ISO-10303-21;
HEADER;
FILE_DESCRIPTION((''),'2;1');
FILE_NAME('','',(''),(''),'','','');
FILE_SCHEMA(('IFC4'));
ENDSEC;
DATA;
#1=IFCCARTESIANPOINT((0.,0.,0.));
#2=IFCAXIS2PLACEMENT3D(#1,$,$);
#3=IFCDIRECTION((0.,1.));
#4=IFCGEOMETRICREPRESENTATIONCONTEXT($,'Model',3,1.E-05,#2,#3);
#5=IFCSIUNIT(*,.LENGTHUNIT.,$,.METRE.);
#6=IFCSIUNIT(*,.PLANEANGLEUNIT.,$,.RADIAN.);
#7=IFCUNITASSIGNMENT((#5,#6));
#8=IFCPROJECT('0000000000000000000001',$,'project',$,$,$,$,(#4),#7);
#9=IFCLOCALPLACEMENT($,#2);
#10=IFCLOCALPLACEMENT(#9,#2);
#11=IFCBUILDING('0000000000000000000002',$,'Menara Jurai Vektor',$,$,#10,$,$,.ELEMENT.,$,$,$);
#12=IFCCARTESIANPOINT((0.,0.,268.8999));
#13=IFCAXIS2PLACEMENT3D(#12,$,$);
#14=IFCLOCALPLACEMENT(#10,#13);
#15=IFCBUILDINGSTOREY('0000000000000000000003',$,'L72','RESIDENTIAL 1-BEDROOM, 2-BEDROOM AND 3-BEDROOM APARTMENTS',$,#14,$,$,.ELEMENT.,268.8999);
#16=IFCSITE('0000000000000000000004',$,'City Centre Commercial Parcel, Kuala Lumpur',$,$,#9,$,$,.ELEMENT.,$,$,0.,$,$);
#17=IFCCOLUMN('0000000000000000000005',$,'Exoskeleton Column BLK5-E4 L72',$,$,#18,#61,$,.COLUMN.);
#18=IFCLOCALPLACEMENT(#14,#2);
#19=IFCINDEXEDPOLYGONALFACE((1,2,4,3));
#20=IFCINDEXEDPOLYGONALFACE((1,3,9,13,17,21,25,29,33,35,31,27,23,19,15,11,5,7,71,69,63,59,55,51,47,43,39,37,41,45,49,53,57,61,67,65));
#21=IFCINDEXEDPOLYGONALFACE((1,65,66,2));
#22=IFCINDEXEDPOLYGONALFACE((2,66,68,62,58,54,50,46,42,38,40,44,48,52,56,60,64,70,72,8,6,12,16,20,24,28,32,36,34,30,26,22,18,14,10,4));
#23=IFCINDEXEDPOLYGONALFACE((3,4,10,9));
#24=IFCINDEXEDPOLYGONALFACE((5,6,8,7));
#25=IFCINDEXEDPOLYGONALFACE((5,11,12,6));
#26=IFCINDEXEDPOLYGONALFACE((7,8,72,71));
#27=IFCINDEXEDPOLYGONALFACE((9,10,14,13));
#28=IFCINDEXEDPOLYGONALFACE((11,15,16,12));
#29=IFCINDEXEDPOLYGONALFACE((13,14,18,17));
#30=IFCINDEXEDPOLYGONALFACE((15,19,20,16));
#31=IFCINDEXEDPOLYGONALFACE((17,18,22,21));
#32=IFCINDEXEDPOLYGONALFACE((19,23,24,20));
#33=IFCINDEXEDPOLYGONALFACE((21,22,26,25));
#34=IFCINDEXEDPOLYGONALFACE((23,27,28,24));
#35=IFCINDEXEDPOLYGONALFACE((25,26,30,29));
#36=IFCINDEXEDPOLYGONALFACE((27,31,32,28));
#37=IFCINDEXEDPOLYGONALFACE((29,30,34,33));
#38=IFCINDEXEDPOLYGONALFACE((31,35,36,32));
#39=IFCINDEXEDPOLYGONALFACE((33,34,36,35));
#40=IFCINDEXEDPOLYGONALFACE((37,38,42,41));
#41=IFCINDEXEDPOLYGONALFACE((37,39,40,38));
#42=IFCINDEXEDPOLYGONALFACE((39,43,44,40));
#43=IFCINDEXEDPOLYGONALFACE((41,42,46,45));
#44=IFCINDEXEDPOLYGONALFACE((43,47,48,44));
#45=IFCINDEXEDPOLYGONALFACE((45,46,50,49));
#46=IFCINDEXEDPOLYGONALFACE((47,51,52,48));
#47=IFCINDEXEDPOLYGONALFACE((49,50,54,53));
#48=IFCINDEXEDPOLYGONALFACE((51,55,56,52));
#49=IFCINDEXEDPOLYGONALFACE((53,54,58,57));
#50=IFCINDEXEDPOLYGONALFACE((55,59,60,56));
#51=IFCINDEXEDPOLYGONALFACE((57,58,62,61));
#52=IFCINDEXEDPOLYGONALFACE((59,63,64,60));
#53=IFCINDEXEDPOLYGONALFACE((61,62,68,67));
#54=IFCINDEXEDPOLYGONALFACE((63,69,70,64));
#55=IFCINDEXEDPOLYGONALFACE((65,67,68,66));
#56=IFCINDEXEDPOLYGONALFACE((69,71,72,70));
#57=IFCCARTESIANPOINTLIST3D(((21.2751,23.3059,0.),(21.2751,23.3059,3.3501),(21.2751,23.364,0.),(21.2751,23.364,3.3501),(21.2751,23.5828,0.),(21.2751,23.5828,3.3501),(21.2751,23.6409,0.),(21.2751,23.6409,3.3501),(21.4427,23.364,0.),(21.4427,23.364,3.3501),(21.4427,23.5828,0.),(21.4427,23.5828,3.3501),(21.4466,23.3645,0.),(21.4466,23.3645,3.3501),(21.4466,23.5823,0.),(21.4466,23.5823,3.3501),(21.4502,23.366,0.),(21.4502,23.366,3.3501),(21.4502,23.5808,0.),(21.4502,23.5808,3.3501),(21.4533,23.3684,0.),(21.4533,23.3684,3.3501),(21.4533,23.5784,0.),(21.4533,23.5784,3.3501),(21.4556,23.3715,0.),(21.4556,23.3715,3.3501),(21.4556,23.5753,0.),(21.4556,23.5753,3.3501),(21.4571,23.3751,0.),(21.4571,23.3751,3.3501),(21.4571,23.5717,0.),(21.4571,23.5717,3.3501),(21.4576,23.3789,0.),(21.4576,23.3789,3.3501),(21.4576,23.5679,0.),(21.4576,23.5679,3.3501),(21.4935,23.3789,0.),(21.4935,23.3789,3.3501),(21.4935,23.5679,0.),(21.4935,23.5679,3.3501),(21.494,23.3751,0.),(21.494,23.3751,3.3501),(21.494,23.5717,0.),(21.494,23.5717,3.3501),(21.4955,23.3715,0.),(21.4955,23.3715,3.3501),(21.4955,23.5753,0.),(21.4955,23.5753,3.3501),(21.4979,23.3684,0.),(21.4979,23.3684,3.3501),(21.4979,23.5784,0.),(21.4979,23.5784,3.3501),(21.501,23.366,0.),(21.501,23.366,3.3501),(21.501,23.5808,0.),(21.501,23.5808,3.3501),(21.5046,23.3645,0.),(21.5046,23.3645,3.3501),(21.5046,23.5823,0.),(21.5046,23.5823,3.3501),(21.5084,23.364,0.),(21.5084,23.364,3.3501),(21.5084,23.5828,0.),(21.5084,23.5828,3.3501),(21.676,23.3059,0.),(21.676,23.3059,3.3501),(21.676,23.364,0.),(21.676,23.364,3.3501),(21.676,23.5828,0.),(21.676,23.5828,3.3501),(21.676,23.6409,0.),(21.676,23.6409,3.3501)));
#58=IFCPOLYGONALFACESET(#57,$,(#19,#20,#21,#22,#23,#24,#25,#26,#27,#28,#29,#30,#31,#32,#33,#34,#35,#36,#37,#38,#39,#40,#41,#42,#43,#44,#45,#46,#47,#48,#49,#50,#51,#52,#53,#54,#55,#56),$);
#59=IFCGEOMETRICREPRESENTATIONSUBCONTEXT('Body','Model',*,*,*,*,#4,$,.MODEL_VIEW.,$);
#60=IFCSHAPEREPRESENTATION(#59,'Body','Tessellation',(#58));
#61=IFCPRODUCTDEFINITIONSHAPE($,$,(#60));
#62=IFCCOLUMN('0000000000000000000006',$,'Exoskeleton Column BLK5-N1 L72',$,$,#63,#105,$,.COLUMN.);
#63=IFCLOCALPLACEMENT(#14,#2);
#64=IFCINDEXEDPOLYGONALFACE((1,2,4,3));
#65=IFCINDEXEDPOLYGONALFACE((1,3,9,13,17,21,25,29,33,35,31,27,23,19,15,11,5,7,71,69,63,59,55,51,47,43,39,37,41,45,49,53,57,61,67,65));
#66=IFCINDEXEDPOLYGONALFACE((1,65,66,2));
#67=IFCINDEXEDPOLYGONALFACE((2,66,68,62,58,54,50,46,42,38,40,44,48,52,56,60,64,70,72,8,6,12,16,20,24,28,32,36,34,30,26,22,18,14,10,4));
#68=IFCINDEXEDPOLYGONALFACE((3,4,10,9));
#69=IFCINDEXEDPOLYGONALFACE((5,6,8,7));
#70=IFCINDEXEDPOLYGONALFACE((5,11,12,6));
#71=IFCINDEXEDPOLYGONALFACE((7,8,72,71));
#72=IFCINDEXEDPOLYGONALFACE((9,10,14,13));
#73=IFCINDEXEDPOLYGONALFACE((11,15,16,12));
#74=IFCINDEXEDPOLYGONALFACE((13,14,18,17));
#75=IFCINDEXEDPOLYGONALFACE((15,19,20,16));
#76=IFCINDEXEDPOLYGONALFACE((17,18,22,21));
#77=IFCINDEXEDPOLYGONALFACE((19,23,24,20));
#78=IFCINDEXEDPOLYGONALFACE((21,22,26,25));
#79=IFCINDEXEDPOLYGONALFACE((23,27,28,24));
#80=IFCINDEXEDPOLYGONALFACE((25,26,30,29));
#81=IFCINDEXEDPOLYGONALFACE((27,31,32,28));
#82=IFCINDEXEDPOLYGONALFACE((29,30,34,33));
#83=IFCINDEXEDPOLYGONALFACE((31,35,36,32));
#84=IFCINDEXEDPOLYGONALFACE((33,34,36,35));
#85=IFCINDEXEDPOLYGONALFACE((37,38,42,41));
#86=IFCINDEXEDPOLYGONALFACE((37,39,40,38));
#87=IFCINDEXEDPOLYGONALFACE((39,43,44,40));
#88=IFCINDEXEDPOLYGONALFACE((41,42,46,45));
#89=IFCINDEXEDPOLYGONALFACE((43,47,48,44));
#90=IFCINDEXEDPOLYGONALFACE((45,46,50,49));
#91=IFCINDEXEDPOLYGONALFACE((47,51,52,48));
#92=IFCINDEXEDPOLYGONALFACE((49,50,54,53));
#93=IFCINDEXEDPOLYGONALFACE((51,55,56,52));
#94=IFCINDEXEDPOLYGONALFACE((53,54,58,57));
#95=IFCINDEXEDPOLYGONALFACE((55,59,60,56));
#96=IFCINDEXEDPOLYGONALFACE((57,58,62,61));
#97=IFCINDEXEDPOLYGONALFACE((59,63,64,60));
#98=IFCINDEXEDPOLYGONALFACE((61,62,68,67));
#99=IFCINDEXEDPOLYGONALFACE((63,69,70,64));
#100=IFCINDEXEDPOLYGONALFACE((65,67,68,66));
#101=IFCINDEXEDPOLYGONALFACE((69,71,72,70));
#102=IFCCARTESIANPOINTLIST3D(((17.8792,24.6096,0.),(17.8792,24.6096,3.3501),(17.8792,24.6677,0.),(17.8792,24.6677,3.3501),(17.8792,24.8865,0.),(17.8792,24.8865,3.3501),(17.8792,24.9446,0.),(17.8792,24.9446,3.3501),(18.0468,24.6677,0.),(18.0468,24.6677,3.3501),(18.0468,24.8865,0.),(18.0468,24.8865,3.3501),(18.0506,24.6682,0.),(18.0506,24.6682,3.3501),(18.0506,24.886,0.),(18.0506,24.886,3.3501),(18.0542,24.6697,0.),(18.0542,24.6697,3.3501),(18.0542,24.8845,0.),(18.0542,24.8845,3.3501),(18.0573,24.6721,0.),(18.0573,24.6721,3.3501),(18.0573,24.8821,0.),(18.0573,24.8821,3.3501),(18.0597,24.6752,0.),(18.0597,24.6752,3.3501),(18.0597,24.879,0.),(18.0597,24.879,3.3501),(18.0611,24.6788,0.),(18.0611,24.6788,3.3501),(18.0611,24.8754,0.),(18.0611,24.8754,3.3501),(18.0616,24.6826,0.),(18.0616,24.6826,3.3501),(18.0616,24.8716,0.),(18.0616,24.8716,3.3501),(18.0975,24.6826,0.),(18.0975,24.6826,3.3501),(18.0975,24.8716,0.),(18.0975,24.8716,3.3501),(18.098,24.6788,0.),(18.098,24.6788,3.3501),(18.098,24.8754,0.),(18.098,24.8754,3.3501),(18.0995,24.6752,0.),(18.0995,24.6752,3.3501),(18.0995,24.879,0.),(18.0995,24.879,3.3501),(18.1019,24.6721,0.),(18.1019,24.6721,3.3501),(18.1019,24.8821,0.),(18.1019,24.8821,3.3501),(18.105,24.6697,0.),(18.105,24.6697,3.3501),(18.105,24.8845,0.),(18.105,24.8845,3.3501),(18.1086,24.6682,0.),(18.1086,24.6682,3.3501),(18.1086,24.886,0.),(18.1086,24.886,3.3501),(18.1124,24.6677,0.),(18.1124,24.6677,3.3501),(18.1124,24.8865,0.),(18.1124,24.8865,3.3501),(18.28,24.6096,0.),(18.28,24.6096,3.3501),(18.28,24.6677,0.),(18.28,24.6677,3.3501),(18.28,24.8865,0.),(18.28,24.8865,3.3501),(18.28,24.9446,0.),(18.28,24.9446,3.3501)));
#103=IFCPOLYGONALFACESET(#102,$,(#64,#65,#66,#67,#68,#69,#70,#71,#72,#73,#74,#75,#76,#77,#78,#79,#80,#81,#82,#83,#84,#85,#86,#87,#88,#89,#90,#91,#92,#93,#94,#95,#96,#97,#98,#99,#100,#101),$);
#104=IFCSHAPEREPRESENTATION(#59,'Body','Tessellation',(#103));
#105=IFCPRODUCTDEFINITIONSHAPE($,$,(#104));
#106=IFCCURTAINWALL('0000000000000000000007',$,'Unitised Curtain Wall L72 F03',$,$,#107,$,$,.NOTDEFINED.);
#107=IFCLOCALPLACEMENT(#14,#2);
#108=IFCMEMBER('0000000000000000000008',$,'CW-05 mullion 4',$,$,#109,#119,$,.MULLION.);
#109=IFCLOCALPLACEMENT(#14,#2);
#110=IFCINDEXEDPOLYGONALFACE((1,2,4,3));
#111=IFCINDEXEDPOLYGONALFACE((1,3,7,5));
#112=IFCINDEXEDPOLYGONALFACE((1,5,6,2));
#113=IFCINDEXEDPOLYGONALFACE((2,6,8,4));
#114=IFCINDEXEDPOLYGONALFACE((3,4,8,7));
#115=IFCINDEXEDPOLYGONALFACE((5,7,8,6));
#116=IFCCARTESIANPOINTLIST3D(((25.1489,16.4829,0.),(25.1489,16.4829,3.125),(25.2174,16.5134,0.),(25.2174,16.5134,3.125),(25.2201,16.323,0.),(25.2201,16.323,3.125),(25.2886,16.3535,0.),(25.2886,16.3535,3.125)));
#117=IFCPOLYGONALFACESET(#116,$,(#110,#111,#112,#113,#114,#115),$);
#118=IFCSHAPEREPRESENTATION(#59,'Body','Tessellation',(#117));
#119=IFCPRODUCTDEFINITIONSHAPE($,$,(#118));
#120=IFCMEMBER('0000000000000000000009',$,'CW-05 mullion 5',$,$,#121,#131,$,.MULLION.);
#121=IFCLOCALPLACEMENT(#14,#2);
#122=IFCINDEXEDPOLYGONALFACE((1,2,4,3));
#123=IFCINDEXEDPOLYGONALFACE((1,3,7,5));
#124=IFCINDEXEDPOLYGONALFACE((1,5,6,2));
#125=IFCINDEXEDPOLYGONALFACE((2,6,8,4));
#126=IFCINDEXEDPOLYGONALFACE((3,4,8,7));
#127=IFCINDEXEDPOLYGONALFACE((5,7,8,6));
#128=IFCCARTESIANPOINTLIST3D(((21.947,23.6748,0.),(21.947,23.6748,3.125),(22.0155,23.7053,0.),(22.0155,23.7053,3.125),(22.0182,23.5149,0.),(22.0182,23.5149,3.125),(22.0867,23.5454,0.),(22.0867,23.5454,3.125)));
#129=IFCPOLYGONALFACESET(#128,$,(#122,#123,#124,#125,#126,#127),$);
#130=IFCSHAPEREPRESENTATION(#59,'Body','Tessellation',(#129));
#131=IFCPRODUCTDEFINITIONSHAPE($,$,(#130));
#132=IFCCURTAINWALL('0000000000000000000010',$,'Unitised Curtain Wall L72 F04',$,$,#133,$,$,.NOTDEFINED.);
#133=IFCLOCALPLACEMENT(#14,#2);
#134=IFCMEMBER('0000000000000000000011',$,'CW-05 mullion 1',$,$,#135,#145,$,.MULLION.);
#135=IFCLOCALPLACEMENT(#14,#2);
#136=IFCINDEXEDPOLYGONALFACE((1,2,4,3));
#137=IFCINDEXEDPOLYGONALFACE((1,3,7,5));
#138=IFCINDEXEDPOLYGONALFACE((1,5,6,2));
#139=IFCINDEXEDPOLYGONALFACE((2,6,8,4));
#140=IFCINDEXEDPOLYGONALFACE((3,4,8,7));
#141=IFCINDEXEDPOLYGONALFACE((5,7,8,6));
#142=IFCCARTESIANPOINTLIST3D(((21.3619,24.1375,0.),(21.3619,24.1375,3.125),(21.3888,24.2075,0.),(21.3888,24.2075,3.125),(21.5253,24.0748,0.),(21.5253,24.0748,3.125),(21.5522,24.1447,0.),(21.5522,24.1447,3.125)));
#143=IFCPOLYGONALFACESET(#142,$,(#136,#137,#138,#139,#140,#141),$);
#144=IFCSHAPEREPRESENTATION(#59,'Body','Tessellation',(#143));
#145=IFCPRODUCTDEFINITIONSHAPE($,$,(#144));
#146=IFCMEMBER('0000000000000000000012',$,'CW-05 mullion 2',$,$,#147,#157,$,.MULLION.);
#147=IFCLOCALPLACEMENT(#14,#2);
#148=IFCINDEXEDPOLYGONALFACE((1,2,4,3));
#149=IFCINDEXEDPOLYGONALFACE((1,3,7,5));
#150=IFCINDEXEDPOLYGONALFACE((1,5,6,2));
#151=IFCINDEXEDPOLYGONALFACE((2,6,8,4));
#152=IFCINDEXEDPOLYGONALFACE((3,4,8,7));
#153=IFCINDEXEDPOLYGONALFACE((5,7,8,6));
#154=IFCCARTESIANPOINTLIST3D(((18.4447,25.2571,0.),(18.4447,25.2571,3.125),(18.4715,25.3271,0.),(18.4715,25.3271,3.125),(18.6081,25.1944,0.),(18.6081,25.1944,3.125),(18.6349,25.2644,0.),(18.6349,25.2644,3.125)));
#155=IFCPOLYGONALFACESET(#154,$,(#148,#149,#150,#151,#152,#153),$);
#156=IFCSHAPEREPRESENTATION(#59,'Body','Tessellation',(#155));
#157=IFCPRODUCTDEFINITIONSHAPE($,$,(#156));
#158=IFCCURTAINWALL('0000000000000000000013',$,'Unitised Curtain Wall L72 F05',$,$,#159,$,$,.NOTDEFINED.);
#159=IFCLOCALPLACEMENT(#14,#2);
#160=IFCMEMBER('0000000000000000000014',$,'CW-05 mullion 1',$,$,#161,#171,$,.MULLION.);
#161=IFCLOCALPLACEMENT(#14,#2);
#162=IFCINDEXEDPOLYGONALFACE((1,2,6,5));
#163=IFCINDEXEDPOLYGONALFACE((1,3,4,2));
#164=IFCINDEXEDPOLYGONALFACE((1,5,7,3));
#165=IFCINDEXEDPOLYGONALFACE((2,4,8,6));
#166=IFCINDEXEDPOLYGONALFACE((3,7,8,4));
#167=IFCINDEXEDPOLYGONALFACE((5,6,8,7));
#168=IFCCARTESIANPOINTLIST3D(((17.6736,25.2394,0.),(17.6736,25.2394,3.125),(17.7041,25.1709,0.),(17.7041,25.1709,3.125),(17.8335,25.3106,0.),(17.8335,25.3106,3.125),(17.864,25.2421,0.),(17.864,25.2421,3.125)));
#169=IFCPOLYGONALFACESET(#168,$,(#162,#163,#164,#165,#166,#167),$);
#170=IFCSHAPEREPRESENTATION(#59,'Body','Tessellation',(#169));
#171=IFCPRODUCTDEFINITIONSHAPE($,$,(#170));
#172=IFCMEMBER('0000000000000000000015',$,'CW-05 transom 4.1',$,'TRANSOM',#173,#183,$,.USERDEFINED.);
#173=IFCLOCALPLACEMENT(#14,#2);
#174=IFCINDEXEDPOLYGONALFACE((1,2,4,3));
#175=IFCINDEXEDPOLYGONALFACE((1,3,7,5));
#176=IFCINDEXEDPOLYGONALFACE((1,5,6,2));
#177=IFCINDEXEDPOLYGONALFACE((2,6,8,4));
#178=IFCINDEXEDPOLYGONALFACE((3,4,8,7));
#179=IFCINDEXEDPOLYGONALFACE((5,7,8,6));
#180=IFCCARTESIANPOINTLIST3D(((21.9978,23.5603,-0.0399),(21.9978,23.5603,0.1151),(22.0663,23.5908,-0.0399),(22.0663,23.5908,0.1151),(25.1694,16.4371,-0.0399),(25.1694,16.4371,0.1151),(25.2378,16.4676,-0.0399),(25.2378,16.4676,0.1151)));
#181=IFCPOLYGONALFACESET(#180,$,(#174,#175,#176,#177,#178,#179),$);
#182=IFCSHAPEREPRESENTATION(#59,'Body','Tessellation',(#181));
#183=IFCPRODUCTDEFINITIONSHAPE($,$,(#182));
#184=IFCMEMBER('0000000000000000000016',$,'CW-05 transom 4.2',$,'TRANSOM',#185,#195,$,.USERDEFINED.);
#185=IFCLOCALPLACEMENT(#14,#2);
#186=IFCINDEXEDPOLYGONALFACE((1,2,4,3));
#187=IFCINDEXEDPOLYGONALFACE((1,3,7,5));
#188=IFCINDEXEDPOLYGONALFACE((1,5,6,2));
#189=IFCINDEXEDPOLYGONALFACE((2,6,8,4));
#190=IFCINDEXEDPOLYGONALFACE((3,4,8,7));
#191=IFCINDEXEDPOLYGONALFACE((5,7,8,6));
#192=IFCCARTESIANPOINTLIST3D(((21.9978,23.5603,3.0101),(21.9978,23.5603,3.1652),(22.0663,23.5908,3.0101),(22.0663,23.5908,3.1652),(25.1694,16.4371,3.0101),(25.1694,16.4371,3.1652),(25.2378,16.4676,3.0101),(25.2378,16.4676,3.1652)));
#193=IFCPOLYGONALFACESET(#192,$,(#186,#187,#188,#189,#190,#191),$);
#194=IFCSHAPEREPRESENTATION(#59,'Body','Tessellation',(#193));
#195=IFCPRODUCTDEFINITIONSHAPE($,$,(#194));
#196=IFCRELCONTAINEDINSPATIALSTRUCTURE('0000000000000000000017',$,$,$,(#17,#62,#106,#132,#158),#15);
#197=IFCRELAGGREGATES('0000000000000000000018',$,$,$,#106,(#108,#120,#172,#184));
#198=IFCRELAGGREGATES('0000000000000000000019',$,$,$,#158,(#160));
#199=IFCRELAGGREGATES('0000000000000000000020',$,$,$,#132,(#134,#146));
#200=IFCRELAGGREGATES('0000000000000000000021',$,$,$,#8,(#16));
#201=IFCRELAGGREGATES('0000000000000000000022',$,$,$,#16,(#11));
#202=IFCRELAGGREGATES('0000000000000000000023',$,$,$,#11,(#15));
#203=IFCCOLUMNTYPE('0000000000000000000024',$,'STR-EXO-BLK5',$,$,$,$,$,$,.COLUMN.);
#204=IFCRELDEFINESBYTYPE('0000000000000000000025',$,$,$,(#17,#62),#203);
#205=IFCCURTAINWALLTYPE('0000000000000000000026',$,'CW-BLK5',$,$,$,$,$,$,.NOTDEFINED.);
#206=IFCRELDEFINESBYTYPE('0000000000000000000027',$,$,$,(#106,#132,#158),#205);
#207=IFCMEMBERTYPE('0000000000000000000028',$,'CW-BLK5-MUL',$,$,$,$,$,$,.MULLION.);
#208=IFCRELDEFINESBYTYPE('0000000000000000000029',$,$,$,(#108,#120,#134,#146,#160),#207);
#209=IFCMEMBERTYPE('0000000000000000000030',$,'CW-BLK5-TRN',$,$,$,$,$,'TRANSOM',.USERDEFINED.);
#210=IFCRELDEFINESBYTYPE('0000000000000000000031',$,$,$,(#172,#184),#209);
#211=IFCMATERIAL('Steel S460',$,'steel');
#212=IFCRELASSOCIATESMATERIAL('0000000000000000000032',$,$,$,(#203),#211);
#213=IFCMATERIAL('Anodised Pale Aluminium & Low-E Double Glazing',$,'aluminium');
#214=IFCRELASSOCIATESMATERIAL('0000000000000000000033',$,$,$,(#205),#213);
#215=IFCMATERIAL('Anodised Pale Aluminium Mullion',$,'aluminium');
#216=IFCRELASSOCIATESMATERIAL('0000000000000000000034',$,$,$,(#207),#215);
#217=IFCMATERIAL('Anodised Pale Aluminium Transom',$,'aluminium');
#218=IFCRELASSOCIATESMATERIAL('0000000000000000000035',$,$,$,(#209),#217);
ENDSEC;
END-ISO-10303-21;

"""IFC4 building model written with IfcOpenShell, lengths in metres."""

from ifc_helpers import new_model, si_unit, direction, frame, origin, origin_2d, place, context, subcontext, project, spatial, rectangle, i_section, extrude, material, material_profile, profile_set, type_object, element, aggregate, save


model = new_model("IFC4")

# Units and contexts
model_context = context("Model", 3, precision=1e-05, world=origin(), true_north=direction((0.0, 1.0)))
body_context = subcontext(model_context, "Body", "Model", "MODEL_VIEW")
ifc_project = project(units=[si_unit("LENGTHUNIT", "METRE"), si_unit("PLANEANGLEUNIT", "RADIAN")], contexts=[model_context])

# Site, building, storey
site_placement = place(None, origin())
site = spatial("IfcSite", under=ifc_project, at=site_placement, Name="City Centre Commercial Parcel, Kuala Lumpur", CompositionType="ELEMENT", RefElevation=0.0)
building_placement = place(site_placement, origin())
building = spatial("IfcBuilding", under=site, at=building_placement, Name="Menara Jurai Vektor", CompositionType="ELEMENT")
storey_placement = place(building_placement, frame((0.0, 0.0, 268.8999)))
storey = spatial("IfcBuildingStorey", under=building, at=storey_placement, Name="L72", Description="RESIDENTIAL 1-BEDROOM, 2-BEDROOM AND 3-BEDROOM APARTMENTS", CompositionType="ELEMENT", Elevation=268.8999)

# Columns
ifc_material_1 = material(Name="Steel S460", Category="steel")
ifc_material_profile_1 = material_profile(ifc_material_1, i_section(OverallWidth=0.4009, OverallDepth=0.335, WebThickness=0.0359, FlangeThickness=0.0581, FilletRadius=0.0149, at=origin_2d()), Name="HD 400x463")
ifc_profile_set_1 = profile_set([ifc_material_profile_1], Name="Steel S460")
column_type = type_object("IfcColumnType", Name="STR-EXO-BLK5", PredefinedType="COLUMN", material=ifc_profile_set_1)
for number, where, z_axis, x_axis, name in (
    (1, (21.4756, 23.4734, 0.0), (0.0, 0.0, 1.0), (1.0, 0.0, 0.0), "Exoskeleton Column BLK5-E4 L72"),
    (2, (18.0796, 24.7771, 0.0), (0.0, 0.0, 1.0), (1.0, 0.0, 0.0), "Exoskeleton Column BLK5-N1 L72"),
):
    element("IfcColumn", number, at=place(storey_placement, frame(where, z_axis=z_axis, x_axis=x_axis)), inside=storey, type_object=column_type, Name=name, PredefinedType="COLUMN", context=body_context, shape_type="SweptSolid", body=[
        extrude(i_section(OverallWidth=0.4009, OverallDepth=0.335, WebThickness=0.0359, FlangeThickness=0.0581, FilletRadius=0.0149, at=origin_2d()), origin(), (0.0, 0.0, 1.0), 3.3501),
    ])

# Curtain walls, members
ifc_material_2 = material(Name="Anodised Pale Aluminium & Low-E Double Glazing", Category="aluminium")
curtain_wall_type = type_object("IfcCurtainWallType", Name="CW-BLK5", PredefinedType="NOTDEFINED", material=ifc_material_2)
curtain_wall_1_placement = place(storey_placement, origin())
curtain_wall_1 = element("IfcCurtainWall", 3, at=curtain_wall_1_placement, inside=storey, type_object=curtain_wall_type, Name="Unitised Curtain Wall L72 F03", PredefinedType="NOTDEFINED")
ifc_material_3 = material(Name="Anodised Pale Aluminium Mullion", Category="aluminium")
ifc_material_profile_2 = material_profile(ifc_material_3, rectangle(XDim=0.075, YDim=0.175, at=origin_2d()), Name="ALU MUL 75x175")
ifc_profile_set_2 = profile_set([ifc_material_profile_2], Name="Anodised Pale Aluminium Mullion")
member_type_1 = type_object("IfcMemberType", Name="CW-BLK5-MUL", PredefinedType="MULLION", material=ifc_profile_set_2)
member_1_placement = place(storey_placement, frame((25.2188, 16.4182, 0.0), z_axis=(0.0, 0.0, 1.0), x_axis=(-0.913546, -0.406735, 0.0)))
member_1 = element("IfcMember", 4, at=member_1_placement, type_object=member_type_1, Name="CW-05 mullion 4", PredefinedType="MULLION", context=body_context, shape_type="SweptSolid", body=[
    extrude(rectangle(XDim=0.075, YDim=0.175, at=origin_2d()), origin(), (0.0, 0.0, 1.0), 3.125),
])
member_2_placement = place(storey_placement, frame((22.0168, 23.6101, 0.0), z_axis=(0.0, 0.0, 1.0), x_axis=(-0.913546, -0.406735, 0.0)))
member_2 = element("IfcMember", 5, at=member_2_placement, type_object=member_type_1, Name="CW-05 mullion 5", PredefinedType="MULLION", context=body_context, shape_type="SweptSolid", body=[
    extrude(rectangle(XDim=0.075, YDim=0.175, at=origin_2d()), origin(), (0.0, 0.0, 1.0), 3.125),
])
curtain_wall_2_placement = place(storey_placement, origin())
curtain_wall_2 = element("IfcCurtainWall", 6, at=curtain_wall_2_placement, inside=storey, type_object=curtain_wall_type, Name="Unitised Curtain Wall L72 F04", PredefinedType="NOTDEFINED")
member_3_placement = place(storey_placement, frame((21.457, 24.1411, 0.0), z_axis=(0.0, 0.0, 1.0), x_axis=(-0.358374, -0.933578, 0.0)))
member_3 = element("IfcMember", 7, at=member_3_placement, type_object=member_type_1, Name="CW-05 mullion 1", PredefinedType="MULLION", context=body_context, shape_type="SweptSolid", body=[
    extrude(rectangle(XDim=0.075, YDim=0.175, at=origin_2d()), origin(), (0.0, 0.0, 1.0), 3.125),
])
member_4_placement = place(storey_placement, frame((18.5398, 25.2607, 0.0), z_axis=(0.0, 0.0, 1.0), x_axis=(-0.358374, -0.933578, 0.0)))
member_4 = element("IfcMember", 8, at=member_4_placement, type_object=member_type_1, Name="CW-05 mullion 2", PredefinedType="MULLION", context=body_context, shape_type="SweptSolid", body=[
    extrude(rectangle(XDim=0.075, YDim=0.175, at=origin_2d()), origin(), (0.0, 0.0, 1.0), 3.125),
])

# Curtain wall, member
curtain_wall_3_placement = place(storey_placement, origin())
curtain_wall_3 = element("IfcCurtainWall", 9, at=curtain_wall_3_placement, inside=storey, type_object=curtain_wall_type, Name="Unitised Curtain Wall L72 F05", PredefinedType="NOTDEFINED")
member_5_placement = place(storey_placement, frame((17.7688, 25.2407, 0.0), z_axis=(0.0, 0.0, 1.0), x_axis=(0.406735, -0.913546, 0.0)))
member_5 = element("IfcMember", 10, at=member_5_placement, type_object=member_type_1, Name="CW-05 mullion 1", PredefinedType="MULLION", context=body_context, shape_type="SweptSolid", body=[
    extrude(rectangle(XDim=0.075, YDim=0.175, at=origin_2d()), origin(), (0.0, 0.0, 1.0), 3.125),
])

# Members
ifc_material_4 = material(Name="Anodised Pale Aluminium Transom", Category="aluminium")
ifc_material_profile_3 = material_profile(ifc_material_4, rectangle(XDim=0.075, YDim=0.155, at=origin_2d()), Name="ALU TRN 75x155")
ifc_profile_set_3 = profile_set([ifc_material_profile_3], Name="Anodised Pale Aluminium Transom")
member_type_2 = type_object("IfcMemberType", Name="CW-BLK5-TRN", ElementType="TRANSOM", PredefinedType="USERDEFINED", material=ifc_profile_set_3)
member_6_placement = place(storey_placement, frame((25.2036, 16.4524, 0.0376), z_axis=(-0.406751, 0.913539, 0.0), x_axis=(-0.913539, -0.406751, 0.0)))
member_6 = element("IfcMember", 11, at=member_6_placement, type_object=member_type_2, Name="CW-05 transom 4.1", ObjectType="TRANSOM", PredefinedType="USERDEFINED", context=body_context, shape_type="SweptSolid", body=[
    extrude(rectangle(XDim=0.075, YDim=0.155, at=origin_2d()), origin(), (0.0, 0.0, 1.0), 7.7974),
])
member_7_placement = place(storey_placement, frame((25.2036, 16.4524, 3.0876), z_axis=(-0.406751, 0.913539, 0.0), x_axis=(-0.913539, -0.406751, 0.0)))
member_7 = element("IfcMember", 12, at=member_7_placement, type_object=member_type_2, Name="CW-05 transom 4.2", ObjectType="TRANSOM", PredefinedType="USERDEFINED", context=body_context, shape_type="SweptSolid", body=[
    extrude(rectangle(XDim=0.075, YDim=0.155, at=origin_2d()), origin(), (0.0, 0.0, 1.0), 7.7974),
])

aggregate(curtain_wall_1, [member_1, member_2, member_6, member_7])
aggregate(curtain_wall_3, [member_5])
aggregate(curtain_wall_2, [member_3, member_4])

save(model, "model.ifc")
